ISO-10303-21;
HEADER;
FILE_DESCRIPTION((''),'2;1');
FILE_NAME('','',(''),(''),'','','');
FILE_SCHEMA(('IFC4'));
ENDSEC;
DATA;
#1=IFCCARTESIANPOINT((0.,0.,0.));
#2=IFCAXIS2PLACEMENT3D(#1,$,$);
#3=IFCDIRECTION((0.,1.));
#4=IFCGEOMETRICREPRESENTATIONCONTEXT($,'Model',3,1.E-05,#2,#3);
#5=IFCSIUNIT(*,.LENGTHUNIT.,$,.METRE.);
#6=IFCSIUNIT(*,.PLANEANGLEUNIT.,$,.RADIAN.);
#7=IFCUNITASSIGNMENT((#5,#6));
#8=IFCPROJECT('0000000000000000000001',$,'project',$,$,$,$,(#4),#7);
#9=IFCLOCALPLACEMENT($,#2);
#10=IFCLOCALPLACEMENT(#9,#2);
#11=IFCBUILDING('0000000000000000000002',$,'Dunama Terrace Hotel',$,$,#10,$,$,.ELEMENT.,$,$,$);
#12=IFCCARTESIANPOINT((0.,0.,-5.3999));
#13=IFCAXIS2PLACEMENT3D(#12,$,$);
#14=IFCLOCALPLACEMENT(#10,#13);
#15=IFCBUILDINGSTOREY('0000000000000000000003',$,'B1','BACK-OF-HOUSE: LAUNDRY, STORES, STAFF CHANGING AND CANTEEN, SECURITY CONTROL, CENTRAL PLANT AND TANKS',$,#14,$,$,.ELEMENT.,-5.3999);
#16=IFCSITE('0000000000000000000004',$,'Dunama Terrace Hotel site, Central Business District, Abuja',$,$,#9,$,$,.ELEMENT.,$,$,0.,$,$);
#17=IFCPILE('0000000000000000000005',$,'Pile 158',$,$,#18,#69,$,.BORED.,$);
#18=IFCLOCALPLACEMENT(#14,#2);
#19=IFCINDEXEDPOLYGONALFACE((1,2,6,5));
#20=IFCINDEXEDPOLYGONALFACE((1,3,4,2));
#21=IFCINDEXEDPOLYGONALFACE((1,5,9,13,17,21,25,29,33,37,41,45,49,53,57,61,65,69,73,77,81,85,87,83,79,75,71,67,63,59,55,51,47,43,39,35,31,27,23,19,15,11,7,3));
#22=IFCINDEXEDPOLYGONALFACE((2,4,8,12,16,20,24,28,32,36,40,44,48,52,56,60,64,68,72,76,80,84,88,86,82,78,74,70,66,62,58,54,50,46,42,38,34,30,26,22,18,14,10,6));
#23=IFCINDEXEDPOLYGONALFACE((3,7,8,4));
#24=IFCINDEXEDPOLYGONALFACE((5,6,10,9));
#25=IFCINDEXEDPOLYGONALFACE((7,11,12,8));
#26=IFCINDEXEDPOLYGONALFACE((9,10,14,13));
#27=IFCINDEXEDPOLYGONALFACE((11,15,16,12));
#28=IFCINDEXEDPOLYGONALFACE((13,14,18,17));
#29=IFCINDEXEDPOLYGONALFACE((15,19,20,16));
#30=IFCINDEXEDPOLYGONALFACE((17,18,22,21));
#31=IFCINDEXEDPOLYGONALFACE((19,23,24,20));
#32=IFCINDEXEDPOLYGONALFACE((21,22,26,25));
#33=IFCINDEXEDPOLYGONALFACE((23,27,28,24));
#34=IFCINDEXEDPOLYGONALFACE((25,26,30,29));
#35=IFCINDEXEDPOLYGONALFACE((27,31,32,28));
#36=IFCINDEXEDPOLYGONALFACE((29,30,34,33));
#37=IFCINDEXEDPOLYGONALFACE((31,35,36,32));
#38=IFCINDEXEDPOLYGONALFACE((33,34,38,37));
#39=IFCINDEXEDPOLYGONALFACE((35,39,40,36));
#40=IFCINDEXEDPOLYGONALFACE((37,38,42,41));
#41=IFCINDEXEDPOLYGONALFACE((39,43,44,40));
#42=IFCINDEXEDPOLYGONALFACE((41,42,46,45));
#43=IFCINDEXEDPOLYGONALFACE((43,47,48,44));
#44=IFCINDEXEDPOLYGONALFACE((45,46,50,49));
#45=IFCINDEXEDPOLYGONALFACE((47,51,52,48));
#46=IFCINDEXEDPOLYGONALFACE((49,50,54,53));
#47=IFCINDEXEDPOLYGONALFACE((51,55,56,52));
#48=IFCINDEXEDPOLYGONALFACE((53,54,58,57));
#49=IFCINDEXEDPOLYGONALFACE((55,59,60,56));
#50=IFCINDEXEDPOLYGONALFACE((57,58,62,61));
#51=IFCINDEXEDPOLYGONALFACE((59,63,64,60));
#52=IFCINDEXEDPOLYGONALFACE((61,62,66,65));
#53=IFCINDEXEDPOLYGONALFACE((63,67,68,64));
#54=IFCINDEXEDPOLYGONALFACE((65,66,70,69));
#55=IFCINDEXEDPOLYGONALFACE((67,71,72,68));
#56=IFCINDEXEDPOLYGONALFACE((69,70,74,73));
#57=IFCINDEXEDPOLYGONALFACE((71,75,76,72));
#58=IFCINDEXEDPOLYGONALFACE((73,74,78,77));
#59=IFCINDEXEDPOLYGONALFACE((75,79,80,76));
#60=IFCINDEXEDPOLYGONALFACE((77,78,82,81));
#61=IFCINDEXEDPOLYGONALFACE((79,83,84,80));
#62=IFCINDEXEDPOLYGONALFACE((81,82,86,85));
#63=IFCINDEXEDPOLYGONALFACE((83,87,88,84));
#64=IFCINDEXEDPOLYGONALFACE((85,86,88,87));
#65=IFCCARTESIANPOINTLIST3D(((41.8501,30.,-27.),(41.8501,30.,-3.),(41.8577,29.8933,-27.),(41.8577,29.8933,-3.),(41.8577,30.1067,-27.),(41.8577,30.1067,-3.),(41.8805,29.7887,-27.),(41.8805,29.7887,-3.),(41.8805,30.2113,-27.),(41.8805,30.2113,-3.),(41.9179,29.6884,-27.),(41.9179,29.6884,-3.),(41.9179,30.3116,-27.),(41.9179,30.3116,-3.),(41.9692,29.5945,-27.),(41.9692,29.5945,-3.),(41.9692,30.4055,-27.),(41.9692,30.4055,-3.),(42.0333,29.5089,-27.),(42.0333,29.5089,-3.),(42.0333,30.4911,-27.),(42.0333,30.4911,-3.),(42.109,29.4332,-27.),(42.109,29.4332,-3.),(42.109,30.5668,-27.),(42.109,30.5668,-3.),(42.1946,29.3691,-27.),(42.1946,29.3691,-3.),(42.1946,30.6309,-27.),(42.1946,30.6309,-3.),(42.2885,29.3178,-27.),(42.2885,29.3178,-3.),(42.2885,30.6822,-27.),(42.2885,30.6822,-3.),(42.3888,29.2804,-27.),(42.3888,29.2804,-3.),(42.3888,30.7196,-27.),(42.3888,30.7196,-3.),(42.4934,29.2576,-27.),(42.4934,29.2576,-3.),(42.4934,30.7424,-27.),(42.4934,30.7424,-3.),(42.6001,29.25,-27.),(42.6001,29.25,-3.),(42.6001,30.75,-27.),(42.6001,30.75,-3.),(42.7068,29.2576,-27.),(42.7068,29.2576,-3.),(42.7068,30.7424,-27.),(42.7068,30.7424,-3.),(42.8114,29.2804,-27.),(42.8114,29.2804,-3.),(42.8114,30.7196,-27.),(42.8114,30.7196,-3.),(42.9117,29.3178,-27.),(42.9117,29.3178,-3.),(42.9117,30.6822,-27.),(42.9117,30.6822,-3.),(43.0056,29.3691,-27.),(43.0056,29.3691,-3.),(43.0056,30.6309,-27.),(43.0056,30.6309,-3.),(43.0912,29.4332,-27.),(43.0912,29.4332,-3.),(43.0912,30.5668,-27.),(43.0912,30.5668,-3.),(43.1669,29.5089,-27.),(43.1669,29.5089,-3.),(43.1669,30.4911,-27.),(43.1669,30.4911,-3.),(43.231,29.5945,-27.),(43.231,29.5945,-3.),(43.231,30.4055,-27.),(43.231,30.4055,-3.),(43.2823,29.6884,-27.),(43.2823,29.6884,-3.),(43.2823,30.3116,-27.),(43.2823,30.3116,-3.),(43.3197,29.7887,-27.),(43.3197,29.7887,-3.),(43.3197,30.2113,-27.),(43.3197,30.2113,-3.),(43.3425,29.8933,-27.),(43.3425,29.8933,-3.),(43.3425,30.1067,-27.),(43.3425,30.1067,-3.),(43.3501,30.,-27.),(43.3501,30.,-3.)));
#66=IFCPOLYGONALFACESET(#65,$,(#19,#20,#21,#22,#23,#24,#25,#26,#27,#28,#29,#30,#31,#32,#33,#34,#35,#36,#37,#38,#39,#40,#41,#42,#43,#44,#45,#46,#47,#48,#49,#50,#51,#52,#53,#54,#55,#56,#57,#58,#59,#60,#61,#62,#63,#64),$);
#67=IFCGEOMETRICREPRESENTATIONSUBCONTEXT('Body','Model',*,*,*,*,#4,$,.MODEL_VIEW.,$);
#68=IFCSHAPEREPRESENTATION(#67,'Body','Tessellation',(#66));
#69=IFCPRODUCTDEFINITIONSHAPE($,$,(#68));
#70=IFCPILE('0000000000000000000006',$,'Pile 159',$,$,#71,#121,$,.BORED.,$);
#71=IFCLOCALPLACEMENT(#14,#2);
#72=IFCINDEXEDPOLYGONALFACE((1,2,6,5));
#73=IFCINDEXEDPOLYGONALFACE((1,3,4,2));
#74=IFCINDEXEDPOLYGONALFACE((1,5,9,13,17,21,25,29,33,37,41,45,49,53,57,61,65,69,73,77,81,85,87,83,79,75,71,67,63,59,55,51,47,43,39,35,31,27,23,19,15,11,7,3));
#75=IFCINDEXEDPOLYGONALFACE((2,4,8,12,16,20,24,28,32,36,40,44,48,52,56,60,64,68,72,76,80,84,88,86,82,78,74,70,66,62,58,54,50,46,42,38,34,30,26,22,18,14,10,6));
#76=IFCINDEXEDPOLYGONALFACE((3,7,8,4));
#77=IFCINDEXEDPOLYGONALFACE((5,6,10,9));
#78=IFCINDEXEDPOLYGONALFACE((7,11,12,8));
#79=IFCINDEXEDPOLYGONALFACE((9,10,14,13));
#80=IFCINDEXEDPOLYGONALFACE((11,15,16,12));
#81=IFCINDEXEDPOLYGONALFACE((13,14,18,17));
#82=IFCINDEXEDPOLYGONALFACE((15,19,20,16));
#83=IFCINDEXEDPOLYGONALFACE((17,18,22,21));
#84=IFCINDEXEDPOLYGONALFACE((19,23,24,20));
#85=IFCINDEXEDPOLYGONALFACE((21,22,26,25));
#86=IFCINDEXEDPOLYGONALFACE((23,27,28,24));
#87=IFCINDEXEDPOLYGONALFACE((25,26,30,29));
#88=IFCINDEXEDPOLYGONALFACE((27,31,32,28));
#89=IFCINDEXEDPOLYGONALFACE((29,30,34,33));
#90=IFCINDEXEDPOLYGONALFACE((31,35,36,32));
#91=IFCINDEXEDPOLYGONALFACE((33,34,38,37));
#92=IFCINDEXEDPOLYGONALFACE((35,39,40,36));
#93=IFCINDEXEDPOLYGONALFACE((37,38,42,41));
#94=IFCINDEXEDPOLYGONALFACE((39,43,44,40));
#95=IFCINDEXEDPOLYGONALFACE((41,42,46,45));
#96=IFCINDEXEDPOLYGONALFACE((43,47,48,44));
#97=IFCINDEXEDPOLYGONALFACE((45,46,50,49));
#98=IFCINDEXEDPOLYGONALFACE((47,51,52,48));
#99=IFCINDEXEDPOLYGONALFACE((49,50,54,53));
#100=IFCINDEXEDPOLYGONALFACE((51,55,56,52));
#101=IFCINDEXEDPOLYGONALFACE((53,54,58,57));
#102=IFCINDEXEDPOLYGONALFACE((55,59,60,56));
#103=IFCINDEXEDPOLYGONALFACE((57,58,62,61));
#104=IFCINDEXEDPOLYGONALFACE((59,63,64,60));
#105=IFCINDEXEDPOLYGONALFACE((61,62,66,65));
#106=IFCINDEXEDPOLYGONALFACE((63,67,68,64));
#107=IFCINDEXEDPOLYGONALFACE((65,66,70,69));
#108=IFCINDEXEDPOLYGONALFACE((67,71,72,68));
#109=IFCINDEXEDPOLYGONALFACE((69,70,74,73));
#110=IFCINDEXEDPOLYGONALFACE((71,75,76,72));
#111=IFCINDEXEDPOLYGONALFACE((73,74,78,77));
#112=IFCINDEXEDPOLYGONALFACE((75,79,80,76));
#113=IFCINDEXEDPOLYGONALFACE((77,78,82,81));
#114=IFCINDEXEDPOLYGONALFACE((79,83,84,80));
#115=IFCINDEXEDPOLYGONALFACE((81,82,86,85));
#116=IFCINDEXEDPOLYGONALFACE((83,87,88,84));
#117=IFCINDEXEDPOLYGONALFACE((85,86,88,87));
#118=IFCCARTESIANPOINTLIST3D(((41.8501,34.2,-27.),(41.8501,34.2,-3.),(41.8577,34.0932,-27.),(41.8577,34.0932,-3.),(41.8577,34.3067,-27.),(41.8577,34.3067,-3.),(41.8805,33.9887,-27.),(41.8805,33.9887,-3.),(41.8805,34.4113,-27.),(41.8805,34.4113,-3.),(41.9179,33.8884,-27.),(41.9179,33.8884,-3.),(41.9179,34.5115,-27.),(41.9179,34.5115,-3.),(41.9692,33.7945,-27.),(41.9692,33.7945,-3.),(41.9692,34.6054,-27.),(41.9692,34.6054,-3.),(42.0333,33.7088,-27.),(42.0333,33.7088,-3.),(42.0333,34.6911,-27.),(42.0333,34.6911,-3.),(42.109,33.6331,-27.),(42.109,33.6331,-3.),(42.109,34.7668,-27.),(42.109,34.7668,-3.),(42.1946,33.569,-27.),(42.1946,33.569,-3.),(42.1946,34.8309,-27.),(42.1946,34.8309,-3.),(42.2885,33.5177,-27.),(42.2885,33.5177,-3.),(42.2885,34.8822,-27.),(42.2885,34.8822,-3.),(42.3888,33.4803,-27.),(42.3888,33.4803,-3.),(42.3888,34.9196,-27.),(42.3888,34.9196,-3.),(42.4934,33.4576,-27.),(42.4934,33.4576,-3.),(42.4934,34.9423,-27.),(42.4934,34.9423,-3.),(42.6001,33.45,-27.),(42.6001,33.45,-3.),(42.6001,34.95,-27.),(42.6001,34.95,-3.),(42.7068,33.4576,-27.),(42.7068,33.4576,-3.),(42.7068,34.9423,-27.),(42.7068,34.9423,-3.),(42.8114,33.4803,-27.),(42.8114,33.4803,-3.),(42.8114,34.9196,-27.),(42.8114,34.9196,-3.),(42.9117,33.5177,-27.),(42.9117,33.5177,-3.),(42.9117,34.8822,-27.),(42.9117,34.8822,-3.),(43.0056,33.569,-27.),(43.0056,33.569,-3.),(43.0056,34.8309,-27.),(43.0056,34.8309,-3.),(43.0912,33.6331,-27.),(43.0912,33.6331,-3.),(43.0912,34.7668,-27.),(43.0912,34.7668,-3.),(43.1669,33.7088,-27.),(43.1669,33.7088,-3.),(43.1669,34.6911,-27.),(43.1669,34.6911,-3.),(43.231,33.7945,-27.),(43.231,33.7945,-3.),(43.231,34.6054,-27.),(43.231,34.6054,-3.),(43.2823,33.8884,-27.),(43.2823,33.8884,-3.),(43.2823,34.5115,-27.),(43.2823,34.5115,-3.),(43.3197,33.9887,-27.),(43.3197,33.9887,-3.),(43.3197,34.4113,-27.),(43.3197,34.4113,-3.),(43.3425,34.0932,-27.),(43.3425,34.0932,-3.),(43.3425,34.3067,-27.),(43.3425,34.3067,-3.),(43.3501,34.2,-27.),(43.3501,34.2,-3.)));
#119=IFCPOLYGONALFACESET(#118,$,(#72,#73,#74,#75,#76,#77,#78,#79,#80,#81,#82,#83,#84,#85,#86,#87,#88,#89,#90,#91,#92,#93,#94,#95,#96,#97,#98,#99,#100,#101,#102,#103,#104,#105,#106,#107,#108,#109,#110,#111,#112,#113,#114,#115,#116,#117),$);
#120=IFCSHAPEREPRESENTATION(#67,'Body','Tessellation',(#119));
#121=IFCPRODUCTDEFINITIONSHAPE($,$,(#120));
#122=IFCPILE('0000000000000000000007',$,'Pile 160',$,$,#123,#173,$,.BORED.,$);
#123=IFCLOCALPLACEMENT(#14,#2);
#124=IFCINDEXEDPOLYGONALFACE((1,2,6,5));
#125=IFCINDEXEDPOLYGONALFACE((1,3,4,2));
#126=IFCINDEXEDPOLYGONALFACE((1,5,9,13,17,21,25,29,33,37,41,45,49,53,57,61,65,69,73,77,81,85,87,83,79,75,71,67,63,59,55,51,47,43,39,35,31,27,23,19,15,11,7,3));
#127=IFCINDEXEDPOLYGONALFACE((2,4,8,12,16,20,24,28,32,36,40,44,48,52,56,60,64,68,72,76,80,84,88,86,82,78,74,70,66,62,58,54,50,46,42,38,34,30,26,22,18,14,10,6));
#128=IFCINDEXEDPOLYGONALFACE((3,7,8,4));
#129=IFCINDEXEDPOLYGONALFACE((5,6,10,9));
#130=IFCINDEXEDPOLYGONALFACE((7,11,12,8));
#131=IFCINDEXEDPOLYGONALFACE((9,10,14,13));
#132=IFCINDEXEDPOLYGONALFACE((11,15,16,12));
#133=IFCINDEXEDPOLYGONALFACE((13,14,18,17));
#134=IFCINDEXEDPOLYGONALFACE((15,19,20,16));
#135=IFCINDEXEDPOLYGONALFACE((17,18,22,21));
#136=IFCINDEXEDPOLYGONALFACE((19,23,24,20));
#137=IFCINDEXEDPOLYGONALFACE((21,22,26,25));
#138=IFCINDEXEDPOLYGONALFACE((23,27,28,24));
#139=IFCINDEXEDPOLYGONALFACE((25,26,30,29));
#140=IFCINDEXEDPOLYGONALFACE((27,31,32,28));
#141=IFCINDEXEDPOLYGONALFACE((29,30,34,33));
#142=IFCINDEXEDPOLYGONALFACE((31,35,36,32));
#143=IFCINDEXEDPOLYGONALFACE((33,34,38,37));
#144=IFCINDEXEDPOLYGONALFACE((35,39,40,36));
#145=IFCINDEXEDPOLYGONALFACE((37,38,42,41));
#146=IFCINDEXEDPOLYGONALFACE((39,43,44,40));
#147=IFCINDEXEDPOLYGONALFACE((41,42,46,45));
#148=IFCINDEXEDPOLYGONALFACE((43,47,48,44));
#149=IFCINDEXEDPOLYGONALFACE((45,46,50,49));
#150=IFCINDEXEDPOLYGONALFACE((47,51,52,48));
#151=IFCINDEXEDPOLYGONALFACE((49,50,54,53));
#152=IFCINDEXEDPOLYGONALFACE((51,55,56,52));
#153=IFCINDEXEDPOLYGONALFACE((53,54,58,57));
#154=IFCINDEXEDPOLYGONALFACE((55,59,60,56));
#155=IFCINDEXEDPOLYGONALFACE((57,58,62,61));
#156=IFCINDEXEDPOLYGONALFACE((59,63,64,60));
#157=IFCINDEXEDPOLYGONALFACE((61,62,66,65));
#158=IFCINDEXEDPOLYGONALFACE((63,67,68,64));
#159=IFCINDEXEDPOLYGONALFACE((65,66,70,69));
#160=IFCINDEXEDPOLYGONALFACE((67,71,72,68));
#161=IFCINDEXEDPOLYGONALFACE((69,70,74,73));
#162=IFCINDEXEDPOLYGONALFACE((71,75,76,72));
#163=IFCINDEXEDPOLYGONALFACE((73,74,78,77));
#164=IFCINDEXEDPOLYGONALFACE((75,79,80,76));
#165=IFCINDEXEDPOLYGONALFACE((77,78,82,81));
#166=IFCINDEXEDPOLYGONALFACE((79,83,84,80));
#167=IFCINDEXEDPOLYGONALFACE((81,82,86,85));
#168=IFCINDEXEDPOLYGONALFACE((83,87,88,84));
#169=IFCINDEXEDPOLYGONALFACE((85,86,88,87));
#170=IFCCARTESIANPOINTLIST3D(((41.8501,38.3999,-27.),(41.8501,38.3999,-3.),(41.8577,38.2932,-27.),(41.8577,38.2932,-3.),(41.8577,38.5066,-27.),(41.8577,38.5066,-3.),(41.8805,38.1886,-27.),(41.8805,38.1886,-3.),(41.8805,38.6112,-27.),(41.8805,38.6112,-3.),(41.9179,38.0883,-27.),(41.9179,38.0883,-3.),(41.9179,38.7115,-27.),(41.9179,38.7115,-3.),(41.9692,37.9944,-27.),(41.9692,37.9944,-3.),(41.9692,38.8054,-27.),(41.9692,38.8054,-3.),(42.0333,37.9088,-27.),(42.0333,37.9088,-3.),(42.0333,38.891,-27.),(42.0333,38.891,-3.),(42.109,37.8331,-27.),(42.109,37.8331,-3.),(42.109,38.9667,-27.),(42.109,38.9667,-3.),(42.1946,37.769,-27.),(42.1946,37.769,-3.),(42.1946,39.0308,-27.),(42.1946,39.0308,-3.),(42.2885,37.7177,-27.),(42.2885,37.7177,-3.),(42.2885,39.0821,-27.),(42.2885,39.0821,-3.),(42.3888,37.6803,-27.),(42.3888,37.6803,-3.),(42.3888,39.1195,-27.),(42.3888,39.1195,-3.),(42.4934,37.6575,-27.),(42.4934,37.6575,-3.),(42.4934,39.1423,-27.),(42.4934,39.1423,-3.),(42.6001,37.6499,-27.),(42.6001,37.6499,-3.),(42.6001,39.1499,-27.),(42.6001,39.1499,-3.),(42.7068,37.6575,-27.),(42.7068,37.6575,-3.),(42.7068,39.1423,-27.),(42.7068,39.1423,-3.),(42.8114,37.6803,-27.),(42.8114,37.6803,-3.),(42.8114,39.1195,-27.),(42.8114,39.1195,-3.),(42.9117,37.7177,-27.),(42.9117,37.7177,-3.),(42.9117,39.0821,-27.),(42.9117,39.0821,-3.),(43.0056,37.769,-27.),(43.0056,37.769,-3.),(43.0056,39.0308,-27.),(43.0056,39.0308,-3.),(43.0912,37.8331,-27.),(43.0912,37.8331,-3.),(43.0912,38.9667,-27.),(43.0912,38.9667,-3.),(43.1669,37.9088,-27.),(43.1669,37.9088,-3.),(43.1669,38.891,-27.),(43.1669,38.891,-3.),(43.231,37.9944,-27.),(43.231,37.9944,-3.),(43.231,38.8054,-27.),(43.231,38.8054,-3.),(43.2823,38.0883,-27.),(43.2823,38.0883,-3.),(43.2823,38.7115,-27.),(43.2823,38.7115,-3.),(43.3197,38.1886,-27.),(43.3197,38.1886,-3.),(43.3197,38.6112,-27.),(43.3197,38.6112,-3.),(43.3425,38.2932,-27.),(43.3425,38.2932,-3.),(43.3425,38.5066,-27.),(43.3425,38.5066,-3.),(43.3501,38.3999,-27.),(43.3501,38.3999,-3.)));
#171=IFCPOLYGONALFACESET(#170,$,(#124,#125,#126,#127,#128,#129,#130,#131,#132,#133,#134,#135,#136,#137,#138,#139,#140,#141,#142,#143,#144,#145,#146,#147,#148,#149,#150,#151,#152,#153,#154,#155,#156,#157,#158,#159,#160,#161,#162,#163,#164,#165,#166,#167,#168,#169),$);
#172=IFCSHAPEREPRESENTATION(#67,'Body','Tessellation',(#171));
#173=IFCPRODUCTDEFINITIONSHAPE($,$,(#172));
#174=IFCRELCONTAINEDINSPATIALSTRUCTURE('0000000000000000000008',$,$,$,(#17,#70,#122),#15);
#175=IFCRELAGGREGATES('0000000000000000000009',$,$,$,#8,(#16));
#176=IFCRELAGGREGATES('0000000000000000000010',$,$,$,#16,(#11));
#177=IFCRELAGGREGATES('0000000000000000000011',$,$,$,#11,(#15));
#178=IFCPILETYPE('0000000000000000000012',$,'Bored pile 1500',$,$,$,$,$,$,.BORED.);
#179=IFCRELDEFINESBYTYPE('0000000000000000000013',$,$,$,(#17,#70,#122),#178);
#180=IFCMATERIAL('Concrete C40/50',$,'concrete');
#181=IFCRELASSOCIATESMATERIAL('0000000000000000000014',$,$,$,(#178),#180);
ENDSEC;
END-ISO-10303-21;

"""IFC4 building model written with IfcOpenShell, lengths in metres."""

from ifc_helpers import new_model, si_unit, direction, frame, origin, origin_2d, place, context, subcontext, project, spatial, circle, extrude, material, material_profile, profile_set, type_object, element, save


model = new_model("IFC4")

# Units and contexts
model_context = context("Model", 3, precision=1e-05, world=origin(), true_north=direction((0.0, 1.0)))
body_context = subcontext(model_context, "Body", "Model", "MODEL_VIEW")
ifc_project = project(units=[si_unit("LENGTHUNIT", "METRE"), si_unit("PLANEANGLEUNIT", "RADIAN")], contexts=[model_context])

# Site, building, storey
site_placement = place(None, origin())
site = spatial("IfcSite", under=ifc_project, at=site_placement, Name="Dunama Terrace Hotel site, Central Business District, Abuja", CompositionType="ELEMENT", RefElevation=0.0)
building_placement = place(site_placement, origin())
building = spatial("IfcBuilding", under=site, at=building_placement, Name="Dunama Terrace Hotel", CompositionType="ELEMENT")
storey_placement = place(building_placement, frame((0.0, 0.0, -5.3999)))
storey = spatial("IfcBuildingStorey", under=building, at=storey_placement, Name="B1", Description="BACK-OF-HOUSE: LAUNDRY, STORES, STAFF CHANGING AND CANTEEN, SECURITY CONTROL, CENTRAL PLANT AND TANKS", CompositionType="ELEMENT", Elevation=-5.3999)

# Piles
ifc_material_1 = material(Name="Concrete C40/50", Category="concrete")
ifc_material_profile_1 = material_profile(ifc_material_1, circle(Radius=0.75, at=origin_2d()), Name="PILE D1500")
ifc_profile_set_1 = profile_set([ifc_material_profile_1], Name="Concrete C40/50")
pile_type = type_object("IfcPileType", Name="Bored pile 1500", PredefinedType="BORED", material=ifc_profile_set_1)
for number, where, z_axis, x_axis, name in (
    (1, (42.6001, 30.0, -3.0), (0.0, 0.0, -1.0), (1.0, 0.0, 0.0), "Pile 158"),
    (2, (42.6001, 34.2, -3.0), (0.0, 0.0, -1.0), (1.0, 0.0, 0.0), "Pile 159"),
    (3, (42.6001, 38.3999, -3.0), (0.0, 0.0, -1.0), (1.0, 0.0, 0.0), "Pile 160"),
):
    element("IfcPile", number, at=place(storey_placement, frame(where, z_axis=z_axis, x_axis=x_axis)), inside=storey, type_object=pile_type, Name=name, PredefinedType="BORED", context=body_context, shape_type="SweptSolid", body=[
        extrude(circle(Radius=0.75, at=origin_2d()), origin(), (0.0, 0.0, 1.0), 24.0),
    ])

save(model, "model.ifc")
